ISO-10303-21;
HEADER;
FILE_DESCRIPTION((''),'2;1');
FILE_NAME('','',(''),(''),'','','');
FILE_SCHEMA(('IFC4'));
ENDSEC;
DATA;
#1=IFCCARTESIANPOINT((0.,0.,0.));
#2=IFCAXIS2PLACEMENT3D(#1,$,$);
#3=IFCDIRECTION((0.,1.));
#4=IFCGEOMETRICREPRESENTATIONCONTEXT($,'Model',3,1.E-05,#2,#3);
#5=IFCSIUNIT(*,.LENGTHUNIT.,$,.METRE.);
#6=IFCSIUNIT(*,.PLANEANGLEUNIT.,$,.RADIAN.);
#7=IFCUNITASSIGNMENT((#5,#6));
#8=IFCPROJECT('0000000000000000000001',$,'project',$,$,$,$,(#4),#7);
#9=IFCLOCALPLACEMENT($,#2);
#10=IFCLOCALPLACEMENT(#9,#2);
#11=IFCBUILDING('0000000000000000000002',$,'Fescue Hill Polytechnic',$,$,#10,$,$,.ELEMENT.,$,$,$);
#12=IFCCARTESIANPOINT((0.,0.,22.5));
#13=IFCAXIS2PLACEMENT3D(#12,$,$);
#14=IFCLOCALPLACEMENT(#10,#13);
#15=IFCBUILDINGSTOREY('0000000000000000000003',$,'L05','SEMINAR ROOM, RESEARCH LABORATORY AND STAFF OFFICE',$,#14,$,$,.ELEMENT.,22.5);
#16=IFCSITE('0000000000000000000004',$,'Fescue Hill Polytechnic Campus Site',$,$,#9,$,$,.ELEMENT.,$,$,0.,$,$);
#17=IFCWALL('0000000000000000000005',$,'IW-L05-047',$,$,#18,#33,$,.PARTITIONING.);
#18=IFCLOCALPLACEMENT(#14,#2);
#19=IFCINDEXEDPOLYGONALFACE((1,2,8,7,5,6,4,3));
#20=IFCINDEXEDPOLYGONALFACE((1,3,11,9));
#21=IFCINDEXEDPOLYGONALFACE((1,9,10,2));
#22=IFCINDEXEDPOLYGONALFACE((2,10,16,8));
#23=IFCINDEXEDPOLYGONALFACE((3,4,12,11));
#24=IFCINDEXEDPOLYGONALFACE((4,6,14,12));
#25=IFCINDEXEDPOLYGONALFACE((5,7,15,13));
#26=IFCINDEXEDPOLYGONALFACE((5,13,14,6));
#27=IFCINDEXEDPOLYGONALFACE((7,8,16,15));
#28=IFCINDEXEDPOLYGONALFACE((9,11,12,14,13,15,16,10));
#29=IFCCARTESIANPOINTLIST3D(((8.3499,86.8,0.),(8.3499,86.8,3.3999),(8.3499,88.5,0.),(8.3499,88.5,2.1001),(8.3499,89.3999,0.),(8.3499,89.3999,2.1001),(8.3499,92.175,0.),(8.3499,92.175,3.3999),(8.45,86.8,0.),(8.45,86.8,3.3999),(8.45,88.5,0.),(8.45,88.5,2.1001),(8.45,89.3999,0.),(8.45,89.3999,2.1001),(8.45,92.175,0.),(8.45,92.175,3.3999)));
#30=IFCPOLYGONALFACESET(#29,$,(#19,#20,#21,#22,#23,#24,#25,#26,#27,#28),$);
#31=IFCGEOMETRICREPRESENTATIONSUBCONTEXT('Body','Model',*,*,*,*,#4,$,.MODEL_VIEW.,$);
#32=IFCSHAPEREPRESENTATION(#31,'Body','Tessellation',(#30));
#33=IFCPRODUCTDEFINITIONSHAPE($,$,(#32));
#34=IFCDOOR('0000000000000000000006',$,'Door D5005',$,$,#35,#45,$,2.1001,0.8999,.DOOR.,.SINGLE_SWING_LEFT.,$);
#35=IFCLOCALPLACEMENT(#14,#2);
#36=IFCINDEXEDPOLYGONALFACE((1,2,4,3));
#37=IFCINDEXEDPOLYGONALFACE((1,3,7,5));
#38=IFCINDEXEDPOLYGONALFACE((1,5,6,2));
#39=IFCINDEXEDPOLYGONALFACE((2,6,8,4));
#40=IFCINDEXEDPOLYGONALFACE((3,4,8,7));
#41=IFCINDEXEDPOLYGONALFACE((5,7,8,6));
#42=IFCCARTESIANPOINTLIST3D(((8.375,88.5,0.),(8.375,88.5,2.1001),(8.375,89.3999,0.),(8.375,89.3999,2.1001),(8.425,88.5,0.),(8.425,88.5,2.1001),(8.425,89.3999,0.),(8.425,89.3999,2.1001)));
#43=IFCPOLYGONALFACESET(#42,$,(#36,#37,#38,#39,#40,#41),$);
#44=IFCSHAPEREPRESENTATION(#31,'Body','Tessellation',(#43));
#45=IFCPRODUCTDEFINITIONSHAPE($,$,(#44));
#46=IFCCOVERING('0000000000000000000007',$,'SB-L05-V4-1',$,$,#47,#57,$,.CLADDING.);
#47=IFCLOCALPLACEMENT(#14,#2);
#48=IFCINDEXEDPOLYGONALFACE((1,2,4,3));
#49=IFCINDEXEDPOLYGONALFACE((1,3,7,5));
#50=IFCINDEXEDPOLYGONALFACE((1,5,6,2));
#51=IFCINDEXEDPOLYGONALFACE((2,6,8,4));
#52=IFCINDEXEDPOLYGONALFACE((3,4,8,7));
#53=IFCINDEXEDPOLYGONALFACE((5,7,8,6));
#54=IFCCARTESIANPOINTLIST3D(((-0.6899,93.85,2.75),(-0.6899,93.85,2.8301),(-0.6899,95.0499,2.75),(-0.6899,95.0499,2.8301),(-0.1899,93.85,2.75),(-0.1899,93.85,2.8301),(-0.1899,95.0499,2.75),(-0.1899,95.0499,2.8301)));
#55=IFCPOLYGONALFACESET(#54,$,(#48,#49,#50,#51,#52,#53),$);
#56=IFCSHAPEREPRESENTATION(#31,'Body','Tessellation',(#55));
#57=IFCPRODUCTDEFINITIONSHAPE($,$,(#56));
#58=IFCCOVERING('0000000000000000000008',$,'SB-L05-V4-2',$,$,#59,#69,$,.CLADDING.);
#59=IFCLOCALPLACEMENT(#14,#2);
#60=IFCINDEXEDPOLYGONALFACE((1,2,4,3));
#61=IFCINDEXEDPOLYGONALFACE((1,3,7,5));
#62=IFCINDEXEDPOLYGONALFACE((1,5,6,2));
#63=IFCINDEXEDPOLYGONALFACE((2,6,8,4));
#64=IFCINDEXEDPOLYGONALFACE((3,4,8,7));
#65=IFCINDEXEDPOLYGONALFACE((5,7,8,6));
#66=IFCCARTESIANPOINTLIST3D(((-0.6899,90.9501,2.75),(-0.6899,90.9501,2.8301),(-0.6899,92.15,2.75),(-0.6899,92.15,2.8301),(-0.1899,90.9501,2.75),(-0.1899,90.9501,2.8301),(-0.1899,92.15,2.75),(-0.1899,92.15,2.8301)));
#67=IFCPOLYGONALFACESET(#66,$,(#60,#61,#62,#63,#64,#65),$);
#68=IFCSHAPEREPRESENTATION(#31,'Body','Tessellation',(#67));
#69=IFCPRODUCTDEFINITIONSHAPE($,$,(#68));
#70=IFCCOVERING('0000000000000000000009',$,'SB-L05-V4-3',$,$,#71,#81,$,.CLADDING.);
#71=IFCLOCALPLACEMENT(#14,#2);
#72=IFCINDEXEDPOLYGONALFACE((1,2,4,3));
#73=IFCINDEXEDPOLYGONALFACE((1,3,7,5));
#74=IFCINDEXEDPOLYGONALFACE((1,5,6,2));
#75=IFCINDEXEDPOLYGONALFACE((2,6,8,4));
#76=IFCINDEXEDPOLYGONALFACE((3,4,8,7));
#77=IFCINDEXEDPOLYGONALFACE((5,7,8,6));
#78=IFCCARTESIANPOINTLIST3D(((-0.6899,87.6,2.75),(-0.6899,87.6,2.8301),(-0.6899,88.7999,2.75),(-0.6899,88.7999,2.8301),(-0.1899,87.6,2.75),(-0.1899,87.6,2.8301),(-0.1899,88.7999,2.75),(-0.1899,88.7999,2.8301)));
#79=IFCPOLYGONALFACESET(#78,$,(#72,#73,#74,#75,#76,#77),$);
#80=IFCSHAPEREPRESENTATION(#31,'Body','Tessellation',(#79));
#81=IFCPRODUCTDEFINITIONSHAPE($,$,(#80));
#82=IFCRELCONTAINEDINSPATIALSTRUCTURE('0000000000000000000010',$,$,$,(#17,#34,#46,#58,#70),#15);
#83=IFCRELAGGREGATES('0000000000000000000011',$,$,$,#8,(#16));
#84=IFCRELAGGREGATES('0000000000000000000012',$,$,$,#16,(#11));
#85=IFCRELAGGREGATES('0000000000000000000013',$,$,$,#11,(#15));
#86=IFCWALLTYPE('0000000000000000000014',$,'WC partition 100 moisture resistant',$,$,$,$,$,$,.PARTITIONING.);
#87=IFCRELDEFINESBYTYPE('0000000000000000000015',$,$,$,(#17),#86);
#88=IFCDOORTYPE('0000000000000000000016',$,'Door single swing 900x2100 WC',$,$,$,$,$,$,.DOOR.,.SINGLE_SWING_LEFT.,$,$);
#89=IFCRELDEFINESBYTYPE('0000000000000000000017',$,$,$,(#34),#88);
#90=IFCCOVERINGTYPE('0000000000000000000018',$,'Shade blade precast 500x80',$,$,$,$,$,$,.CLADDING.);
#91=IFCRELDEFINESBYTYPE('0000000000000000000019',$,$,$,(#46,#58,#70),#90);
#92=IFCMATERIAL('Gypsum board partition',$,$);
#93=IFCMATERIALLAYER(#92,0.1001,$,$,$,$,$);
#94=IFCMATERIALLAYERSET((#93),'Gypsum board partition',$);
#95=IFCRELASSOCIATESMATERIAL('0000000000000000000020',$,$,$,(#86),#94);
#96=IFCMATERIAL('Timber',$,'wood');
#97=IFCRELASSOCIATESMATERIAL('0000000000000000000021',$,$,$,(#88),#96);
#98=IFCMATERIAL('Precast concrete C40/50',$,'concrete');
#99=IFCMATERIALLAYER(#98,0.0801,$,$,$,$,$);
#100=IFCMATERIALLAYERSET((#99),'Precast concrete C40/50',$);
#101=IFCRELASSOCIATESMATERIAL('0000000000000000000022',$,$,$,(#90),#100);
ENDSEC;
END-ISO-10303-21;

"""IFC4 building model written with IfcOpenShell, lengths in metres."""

from ifc_helpers import new_model, si_unit, direction, frame, frame_2d, origin, origin_2d, place, context, subcontext, project, spatial, rectangle, extrude, material, layer, layer_set, type_object, element, fill, save


model = new_model("IFC4")

# Units and contexts
model_context = context("Model", 3, precision=1e-05, world=origin(), true_north=direction((0.0, 1.0)))
body_context = subcontext(model_context, "Body", "Model", "MODEL_VIEW")
ifc_project = project(units=[si_unit("LENGTHUNIT", "METRE"), si_unit("PLANEANGLEUNIT", "RADIAN")], contexts=[model_context])

# Site, building, storey
site_placement = place(None, origin())
site = spatial("IfcSite", under=ifc_project, at=site_placement, Name="Fescue Hill Polytechnic Campus Site", CompositionType="ELEMENT", RefElevation=0.0)
building_placement = place(site_placement, origin())
building = spatial("IfcBuilding", under=site, at=building_placement, Name="Fescue Hill Polytechnic", CompositionType="ELEMENT")
storey_placement = place(building_placement, frame((0.0, 0.0, 22.5)))
storey = spatial("IfcBuildingStorey", under=building, at=storey_placement, Name="L05", Description="SEMINAR ROOM, RESEARCH LABORATORY AND STAFF OFFICE", CompositionType="ELEMENT", Elevation=22.5)

# Shared definitions
ifc_material_1 = material(Name="Gypsum board partition")
ifc_layer_1 = layer(ifc_material_1, 0.1001)
ifc_layer_set_1 = layer_set([ifc_layer_1], Name="Gypsum board partition")
wall_type_1 = type_object("IfcWallType", Name="WC partition 100 moisture resistant", PredefinedType="PARTITIONING", material=ifc_layer_set_1)

# Wall, opening, door
wall_1_placement = place(storey_placement, frame((8.3999, 86.8, 0.0), z_axis=(0.0, 0.0, 1.0), x_axis=(0.0, 1.0, 0.0)))
wall_1 = element("IfcWall", 1, at=wall_1_placement, inside=storey, type_object=wall_type_1, Name="IW-L05-047", PredefinedType="PARTITIONING", context=body_context, shape_type="SweptSolid", body=[
    extrude(rectangle(XDim=5.375, YDim=0.1001, at=frame_2d((2.6875, 0.0))), origin(), (0.0, 0.0, 1.0), 3.3999),
])
opening_1_placement = place(wall_1_placement, frame((1.7, 0.0, 0.0)))
opening_1 = element("IfcOpeningElement", 2, at=opening_1_placement, cuts=wall_1, PredefinedType="OPENING", context=body_context, shape_type="SweptSolid", body=[
    extrude(rectangle(XDim=0.8999, YDim=2.1001, at=frame_2d((0.45, 1.05))), frame((0.0, 0.0601, 0.0), z_axis=(0.0, -1.0, 0.0), x_axis=(1.0, 0.0, 0.0)), (0.0, 0.0, 1.0), 0.1201),
])
ifc_material_2 = material(Name="Timber", Category="wood")
door_type_1 = type_object("IfcDoorType", Name="Door single swing 900x2100 WC", OperationType="SINGLE_SWING_LEFT", PredefinedType="DOOR", material=ifc_material_2)
door_1_placement = place(opening_1_placement, origin())
door_1 = element("IfcDoor", 3, at=door_1_placement, inside=storey, type_object=door_type_1, Name="Door D5005", OperationType="SINGLE_SWING_LEFT", OverallHeight=2.1001, OverallWidth=0.8999, PredefinedType="DOOR", context=body_context, shape_type="SweptSolid", body=[
    extrude(rectangle(XDim=0.8999, YDim=2.1001, at=frame_2d((0.45, 1.05))), frame((0.0, 0.0249, 0.0), z_axis=(0.0, -1.0, 0.0), x_axis=(1.0, 0.0, 0.0)), (0.0, 0.0, 1.0), 0.05),
])
fill(opening_1, door_1)

# Coverings
ifc_material_3 = material(Name="Precast concrete C40/50", Category="concrete")
ifc_layer_2 = layer(ifc_material_3, 0.0801)
ifc_layer_set_2 = layer_set([ifc_layer_2], Name="Precast concrete C40/50")
covering_type = type_object("IfcCoveringType", Name="Shade blade precast 500x80", PredefinedType="CLADDING", material=ifc_layer_set_2)
for number, where, z_axis, x_axis, name in (
    (4, (-0.4399, 94.45, 2.75), (0.0, 0.0, 1.0), (0.0, -1.0, 0.0), "SB-L05-V4-1"),
    (5, (-0.4399, 91.55, 2.75), (0.0, 0.0, 1.0), (0.0, -1.0, 0.0), "SB-L05-V4-2"),
    (6, (-0.4399, 88.2, 2.75), (0.0, 0.0, 1.0), (0.0, -1.0, 0.0), "SB-L05-V4-3"),
):
    element("IfcCovering", number, at=place(storey_placement, frame(where, z_axis=z_axis, x_axis=x_axis)), inside=storey, type_object=covering_type, Name=name, PredefinedType="CLADDING", context=body_context, shape_type="SweptSolid", body=[
        extrude(rectangle(XDim=1.2, YDim=0.5, at=origin_2d()), origin(), (0.0, 0.0, 1.0), 0.0801),
    ])

save(model, "model.ifc")
